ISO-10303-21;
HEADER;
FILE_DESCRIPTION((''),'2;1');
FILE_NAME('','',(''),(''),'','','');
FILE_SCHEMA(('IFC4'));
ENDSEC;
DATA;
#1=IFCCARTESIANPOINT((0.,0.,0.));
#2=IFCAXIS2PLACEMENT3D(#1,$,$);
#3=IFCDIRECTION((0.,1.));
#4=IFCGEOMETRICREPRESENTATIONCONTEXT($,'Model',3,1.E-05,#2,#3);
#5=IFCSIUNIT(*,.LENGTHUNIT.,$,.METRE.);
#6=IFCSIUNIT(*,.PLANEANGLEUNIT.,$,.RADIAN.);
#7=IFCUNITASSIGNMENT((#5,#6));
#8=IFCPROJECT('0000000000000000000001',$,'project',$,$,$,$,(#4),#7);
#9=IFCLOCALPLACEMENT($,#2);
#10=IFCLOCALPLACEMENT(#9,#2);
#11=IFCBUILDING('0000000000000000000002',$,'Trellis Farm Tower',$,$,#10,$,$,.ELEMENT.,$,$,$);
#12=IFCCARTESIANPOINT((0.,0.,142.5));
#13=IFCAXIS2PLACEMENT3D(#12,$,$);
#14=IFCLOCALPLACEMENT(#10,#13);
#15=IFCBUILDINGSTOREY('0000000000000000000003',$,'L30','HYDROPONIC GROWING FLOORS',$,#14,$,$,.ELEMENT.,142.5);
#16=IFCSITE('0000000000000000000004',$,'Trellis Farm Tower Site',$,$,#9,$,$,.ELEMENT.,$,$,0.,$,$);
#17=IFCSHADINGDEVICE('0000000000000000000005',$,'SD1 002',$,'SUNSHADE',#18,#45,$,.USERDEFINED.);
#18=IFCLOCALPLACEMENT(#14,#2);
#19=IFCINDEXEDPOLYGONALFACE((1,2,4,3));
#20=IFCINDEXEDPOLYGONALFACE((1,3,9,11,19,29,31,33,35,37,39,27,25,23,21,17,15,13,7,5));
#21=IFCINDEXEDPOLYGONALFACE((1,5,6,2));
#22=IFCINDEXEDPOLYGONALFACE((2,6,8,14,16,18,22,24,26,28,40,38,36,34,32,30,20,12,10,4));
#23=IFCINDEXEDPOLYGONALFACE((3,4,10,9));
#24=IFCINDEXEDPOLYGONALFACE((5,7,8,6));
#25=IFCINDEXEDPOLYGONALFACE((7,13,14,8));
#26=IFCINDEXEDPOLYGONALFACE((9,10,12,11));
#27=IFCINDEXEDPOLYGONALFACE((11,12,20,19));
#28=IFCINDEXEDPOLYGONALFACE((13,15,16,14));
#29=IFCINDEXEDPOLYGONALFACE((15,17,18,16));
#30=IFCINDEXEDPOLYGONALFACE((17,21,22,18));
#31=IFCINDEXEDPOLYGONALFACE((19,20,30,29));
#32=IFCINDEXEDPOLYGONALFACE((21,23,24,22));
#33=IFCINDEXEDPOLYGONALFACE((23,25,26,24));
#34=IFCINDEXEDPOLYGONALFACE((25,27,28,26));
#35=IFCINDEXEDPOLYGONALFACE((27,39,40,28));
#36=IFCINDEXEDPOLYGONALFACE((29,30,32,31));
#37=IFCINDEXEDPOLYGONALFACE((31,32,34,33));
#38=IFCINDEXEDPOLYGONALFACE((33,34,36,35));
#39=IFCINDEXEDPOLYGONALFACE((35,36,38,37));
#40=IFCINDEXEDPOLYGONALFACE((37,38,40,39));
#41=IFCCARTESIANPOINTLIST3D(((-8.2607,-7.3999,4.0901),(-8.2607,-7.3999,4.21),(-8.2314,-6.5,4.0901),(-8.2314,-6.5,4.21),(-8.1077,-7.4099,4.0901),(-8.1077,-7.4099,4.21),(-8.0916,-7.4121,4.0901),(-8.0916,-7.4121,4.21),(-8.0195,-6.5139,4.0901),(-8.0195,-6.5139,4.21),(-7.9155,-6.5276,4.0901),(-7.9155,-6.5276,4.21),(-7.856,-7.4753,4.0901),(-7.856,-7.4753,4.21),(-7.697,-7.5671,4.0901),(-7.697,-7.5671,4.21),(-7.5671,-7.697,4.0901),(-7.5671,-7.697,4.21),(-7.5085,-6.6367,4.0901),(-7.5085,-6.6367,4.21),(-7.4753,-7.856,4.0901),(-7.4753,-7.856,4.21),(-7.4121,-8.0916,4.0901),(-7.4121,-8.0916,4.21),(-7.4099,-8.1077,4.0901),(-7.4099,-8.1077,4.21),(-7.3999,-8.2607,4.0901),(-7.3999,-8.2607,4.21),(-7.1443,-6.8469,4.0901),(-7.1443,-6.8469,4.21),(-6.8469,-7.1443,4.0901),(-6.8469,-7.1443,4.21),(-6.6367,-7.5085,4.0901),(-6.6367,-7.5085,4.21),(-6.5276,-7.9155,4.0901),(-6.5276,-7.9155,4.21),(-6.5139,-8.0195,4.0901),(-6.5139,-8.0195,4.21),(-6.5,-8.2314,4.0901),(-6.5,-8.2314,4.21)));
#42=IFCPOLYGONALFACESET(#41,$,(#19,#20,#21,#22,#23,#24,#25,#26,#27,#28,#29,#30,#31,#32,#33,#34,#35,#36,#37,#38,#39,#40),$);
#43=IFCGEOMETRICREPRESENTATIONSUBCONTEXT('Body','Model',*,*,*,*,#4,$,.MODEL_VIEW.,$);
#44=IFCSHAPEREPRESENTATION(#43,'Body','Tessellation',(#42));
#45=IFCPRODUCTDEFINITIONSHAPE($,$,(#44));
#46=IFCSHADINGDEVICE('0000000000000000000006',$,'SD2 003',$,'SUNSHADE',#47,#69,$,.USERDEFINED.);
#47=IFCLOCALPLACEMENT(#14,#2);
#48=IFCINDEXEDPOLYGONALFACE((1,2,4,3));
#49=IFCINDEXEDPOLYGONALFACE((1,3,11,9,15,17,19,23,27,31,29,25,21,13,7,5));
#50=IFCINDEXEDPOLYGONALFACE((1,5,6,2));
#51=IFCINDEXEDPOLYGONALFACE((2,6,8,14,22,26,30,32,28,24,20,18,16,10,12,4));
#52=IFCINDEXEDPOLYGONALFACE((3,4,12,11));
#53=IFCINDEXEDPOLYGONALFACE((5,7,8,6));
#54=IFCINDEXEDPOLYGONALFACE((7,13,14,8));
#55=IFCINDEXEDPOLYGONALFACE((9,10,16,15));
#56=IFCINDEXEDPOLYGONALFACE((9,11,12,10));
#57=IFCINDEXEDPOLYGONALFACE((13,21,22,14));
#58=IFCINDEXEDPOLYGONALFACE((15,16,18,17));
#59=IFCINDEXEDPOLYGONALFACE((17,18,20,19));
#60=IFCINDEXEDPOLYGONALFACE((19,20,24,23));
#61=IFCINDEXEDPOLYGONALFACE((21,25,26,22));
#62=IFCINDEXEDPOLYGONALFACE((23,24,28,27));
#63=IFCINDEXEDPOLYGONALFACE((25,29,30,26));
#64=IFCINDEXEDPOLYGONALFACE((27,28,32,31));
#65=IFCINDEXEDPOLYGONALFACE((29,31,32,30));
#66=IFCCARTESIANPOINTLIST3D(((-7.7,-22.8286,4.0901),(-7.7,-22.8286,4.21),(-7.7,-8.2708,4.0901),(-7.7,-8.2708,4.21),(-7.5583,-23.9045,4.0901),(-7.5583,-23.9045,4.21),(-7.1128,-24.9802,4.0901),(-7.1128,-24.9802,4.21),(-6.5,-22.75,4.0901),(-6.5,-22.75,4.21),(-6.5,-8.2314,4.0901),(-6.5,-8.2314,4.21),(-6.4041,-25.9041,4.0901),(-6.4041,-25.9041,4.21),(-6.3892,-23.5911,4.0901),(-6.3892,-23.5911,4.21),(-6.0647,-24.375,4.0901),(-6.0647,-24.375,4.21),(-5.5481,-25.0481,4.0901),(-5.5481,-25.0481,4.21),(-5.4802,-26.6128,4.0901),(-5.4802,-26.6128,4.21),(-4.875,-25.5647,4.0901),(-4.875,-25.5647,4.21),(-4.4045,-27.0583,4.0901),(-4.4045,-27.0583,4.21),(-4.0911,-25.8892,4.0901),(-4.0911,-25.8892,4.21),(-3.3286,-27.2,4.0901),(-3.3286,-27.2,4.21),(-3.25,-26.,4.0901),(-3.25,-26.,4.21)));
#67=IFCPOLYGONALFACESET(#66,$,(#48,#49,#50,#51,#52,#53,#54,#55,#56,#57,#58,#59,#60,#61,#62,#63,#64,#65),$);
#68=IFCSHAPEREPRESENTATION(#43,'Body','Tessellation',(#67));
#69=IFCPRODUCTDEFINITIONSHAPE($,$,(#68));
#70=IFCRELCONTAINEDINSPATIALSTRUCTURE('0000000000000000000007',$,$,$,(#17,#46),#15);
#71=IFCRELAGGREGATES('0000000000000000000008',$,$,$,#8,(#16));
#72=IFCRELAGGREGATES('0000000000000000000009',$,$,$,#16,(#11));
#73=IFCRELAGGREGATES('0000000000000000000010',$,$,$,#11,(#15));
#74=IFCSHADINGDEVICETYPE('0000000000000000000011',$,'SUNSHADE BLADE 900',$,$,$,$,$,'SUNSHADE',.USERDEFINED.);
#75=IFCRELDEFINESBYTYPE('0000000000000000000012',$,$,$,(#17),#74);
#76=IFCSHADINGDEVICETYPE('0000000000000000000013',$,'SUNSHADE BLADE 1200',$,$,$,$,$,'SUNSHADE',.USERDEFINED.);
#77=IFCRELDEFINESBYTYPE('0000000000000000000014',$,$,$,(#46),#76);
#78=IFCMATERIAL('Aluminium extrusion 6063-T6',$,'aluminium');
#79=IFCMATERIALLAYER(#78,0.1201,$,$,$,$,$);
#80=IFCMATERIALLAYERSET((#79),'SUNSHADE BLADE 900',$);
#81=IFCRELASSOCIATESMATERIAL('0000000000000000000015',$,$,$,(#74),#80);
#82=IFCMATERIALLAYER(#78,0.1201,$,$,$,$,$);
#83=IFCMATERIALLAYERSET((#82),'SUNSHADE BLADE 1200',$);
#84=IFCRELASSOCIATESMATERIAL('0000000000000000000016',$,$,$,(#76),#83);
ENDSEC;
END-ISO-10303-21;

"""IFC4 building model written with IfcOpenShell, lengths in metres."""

from ifc_helpers import new_model, si_unit, direction, frame, origin, place, context, subcontext, project, spatial, polyline, outline, extrude, source, transform, mapped, material, layer, layer_set, type_object, element, save


model = new_model("IFC4")

# Units and contexts
model_context = context("Model", 3, precision=1e-05, world=origin(), true_north=direction((0.0, 1.0)))
body_context = subcontext(model_context, "Body", "Model", "MODEL_VIEW")
ifc_project = project(units=[si_unit("LENGTHUNIT", "METRE"), si_unit("PLANEANGLEUNIT", "RADIAN")], contexts=[model_context])

# Site, building, storey
site_placement = place(None, origin())
site = spatial("IfcSite", under=ifc_project, at=site_placement, Name="Trellis Farm Tower Site", CompositionType="ELEMENT", RefElevation=0.0)
building_placement = place(site_placement, origin())
building = spatial("IfcBuilding", under=site, at=building_placement, Name="Trellis Farm Tower", CompositionType="ELEMENT")
storey_placement = place(building_placement, frame((0.0, 0.0, 142.5)))
storey = spatial("IfcBuildingStorey", under=building, at=storey_placement, Name="L30", Description="HYDROPONIC GROWING FLOORS", CompositionType="ELEMENT", Elevation=142.5)

# Shared definitions
ifc_material_1 = material(Name="Aluminium extrusion 6063-T6", Category="aluminium")

# Shading devices
ifc_layer_1 = layer(ifc_material_1, 0.1201)
ifc_layer_set_1 = layer_set([ifc_layer_1], Name="SUNSHADE BLADE 900")
shading_device_type_1 = type_object("IfcShadingDeviceType", Name="SUNSHADE BLADE 900", ElementType="SUNSHADE", PredefinedType="USERDEFINED", material=ifc_layer_set_1)
placement_1 = place(storey_placement, frame((0.0, 0.0, 4.0901)))
shared_shape_1 = source(origin(), body_context, "Body", "SweptSolid", [
    extrude(outline(polyline([(-8.2607, -7.3999), (-8.1077, -7.4099), (-8.0916, -7.4121), (-7.856, -7.4753), (-7.697, -7.5671), (-7.5671, -7.697), (-7.4753, -7.856), (-7.4121, -8.0916), (-7.4099, -8.1077), (-7.3999, -8.2607), (-6.5, -8.2314), (-6.5139, -8.0195), (-6.5276, -7.9155), (-6.6367, -7.5085), (-6.8469, -7.1443), (-7.1443, -6.8469), (-7.5085, -6.6367), (-7.9155, -6.5276), (-8.0195, -6.5139), (-8.2314, -6.5), (-8.2607, -7.3999)])), origin(), (0.0, 0.0, 1.0), 0.1199),
])
element("IfcShadingDevice", 1, at=placement_1, inside=storey, type_object=shading_device_type_1, Name="SD1 002", ObjectType="SUNSHADE", PredefinedType="USERDEFINED", context=body_context, shape_type="MappedRepresentation", body=[
    mapped(shared_shape_1, transform((0.0, 0.0, 0.0))),
])
ifc_layer_2 = layer(ifc_material_1, 0.1201)
ifc_layer_set_2 = layer_set([ifc_layer_2], Name="SUNSHADE BLADE 1200")
shading_device_type_2 = type_object("IfcShadingDeviceType", Name="SUNSHADE BLADE 1200", ElementType="SUNSHADE", PredefinedType="USERDEFINED", material=ifc_layer_set_2)
shared_shape_2 = source(origin(), body_context, "Body", "SweptSolid", [
    extrude(outline(polyline([(-7.7, -8.2708), (-7.7, -22.8286), (-7.5583, -23.9045), (-7.1128, -24.9802), (-6.4041, -25.9041), (-5.4802, -26.6128), (-4.4045, -27.0583), (-3.3286, -27.2), (-3.25, -26.0), (-4.0911, -25.8892), (-4.875, -25.5647), (-5.5481, -25.0481), (-6.0647, -24.375), (-6.3892, -23.5911), (-6.5, -22.75), (-6.5, -8.2314), (-7.7, -8.2708)])), origin(), (0.0, 0.0, 1.0), 0.1199),
])
element("IfcShadingDevice", 2, at=placement_1, inside=storey, type_object=shading_device_type_2, Name="SD2 003", ObjectType="SUNSHADE", PredefinedType="USERDEFINED", context=body_context, shape_type="MappedRepresentation", body=[
    mapped(shared_shape_2, transform((0.0, 0.0, 0.0))),
])

save(model, "model.ifc")
